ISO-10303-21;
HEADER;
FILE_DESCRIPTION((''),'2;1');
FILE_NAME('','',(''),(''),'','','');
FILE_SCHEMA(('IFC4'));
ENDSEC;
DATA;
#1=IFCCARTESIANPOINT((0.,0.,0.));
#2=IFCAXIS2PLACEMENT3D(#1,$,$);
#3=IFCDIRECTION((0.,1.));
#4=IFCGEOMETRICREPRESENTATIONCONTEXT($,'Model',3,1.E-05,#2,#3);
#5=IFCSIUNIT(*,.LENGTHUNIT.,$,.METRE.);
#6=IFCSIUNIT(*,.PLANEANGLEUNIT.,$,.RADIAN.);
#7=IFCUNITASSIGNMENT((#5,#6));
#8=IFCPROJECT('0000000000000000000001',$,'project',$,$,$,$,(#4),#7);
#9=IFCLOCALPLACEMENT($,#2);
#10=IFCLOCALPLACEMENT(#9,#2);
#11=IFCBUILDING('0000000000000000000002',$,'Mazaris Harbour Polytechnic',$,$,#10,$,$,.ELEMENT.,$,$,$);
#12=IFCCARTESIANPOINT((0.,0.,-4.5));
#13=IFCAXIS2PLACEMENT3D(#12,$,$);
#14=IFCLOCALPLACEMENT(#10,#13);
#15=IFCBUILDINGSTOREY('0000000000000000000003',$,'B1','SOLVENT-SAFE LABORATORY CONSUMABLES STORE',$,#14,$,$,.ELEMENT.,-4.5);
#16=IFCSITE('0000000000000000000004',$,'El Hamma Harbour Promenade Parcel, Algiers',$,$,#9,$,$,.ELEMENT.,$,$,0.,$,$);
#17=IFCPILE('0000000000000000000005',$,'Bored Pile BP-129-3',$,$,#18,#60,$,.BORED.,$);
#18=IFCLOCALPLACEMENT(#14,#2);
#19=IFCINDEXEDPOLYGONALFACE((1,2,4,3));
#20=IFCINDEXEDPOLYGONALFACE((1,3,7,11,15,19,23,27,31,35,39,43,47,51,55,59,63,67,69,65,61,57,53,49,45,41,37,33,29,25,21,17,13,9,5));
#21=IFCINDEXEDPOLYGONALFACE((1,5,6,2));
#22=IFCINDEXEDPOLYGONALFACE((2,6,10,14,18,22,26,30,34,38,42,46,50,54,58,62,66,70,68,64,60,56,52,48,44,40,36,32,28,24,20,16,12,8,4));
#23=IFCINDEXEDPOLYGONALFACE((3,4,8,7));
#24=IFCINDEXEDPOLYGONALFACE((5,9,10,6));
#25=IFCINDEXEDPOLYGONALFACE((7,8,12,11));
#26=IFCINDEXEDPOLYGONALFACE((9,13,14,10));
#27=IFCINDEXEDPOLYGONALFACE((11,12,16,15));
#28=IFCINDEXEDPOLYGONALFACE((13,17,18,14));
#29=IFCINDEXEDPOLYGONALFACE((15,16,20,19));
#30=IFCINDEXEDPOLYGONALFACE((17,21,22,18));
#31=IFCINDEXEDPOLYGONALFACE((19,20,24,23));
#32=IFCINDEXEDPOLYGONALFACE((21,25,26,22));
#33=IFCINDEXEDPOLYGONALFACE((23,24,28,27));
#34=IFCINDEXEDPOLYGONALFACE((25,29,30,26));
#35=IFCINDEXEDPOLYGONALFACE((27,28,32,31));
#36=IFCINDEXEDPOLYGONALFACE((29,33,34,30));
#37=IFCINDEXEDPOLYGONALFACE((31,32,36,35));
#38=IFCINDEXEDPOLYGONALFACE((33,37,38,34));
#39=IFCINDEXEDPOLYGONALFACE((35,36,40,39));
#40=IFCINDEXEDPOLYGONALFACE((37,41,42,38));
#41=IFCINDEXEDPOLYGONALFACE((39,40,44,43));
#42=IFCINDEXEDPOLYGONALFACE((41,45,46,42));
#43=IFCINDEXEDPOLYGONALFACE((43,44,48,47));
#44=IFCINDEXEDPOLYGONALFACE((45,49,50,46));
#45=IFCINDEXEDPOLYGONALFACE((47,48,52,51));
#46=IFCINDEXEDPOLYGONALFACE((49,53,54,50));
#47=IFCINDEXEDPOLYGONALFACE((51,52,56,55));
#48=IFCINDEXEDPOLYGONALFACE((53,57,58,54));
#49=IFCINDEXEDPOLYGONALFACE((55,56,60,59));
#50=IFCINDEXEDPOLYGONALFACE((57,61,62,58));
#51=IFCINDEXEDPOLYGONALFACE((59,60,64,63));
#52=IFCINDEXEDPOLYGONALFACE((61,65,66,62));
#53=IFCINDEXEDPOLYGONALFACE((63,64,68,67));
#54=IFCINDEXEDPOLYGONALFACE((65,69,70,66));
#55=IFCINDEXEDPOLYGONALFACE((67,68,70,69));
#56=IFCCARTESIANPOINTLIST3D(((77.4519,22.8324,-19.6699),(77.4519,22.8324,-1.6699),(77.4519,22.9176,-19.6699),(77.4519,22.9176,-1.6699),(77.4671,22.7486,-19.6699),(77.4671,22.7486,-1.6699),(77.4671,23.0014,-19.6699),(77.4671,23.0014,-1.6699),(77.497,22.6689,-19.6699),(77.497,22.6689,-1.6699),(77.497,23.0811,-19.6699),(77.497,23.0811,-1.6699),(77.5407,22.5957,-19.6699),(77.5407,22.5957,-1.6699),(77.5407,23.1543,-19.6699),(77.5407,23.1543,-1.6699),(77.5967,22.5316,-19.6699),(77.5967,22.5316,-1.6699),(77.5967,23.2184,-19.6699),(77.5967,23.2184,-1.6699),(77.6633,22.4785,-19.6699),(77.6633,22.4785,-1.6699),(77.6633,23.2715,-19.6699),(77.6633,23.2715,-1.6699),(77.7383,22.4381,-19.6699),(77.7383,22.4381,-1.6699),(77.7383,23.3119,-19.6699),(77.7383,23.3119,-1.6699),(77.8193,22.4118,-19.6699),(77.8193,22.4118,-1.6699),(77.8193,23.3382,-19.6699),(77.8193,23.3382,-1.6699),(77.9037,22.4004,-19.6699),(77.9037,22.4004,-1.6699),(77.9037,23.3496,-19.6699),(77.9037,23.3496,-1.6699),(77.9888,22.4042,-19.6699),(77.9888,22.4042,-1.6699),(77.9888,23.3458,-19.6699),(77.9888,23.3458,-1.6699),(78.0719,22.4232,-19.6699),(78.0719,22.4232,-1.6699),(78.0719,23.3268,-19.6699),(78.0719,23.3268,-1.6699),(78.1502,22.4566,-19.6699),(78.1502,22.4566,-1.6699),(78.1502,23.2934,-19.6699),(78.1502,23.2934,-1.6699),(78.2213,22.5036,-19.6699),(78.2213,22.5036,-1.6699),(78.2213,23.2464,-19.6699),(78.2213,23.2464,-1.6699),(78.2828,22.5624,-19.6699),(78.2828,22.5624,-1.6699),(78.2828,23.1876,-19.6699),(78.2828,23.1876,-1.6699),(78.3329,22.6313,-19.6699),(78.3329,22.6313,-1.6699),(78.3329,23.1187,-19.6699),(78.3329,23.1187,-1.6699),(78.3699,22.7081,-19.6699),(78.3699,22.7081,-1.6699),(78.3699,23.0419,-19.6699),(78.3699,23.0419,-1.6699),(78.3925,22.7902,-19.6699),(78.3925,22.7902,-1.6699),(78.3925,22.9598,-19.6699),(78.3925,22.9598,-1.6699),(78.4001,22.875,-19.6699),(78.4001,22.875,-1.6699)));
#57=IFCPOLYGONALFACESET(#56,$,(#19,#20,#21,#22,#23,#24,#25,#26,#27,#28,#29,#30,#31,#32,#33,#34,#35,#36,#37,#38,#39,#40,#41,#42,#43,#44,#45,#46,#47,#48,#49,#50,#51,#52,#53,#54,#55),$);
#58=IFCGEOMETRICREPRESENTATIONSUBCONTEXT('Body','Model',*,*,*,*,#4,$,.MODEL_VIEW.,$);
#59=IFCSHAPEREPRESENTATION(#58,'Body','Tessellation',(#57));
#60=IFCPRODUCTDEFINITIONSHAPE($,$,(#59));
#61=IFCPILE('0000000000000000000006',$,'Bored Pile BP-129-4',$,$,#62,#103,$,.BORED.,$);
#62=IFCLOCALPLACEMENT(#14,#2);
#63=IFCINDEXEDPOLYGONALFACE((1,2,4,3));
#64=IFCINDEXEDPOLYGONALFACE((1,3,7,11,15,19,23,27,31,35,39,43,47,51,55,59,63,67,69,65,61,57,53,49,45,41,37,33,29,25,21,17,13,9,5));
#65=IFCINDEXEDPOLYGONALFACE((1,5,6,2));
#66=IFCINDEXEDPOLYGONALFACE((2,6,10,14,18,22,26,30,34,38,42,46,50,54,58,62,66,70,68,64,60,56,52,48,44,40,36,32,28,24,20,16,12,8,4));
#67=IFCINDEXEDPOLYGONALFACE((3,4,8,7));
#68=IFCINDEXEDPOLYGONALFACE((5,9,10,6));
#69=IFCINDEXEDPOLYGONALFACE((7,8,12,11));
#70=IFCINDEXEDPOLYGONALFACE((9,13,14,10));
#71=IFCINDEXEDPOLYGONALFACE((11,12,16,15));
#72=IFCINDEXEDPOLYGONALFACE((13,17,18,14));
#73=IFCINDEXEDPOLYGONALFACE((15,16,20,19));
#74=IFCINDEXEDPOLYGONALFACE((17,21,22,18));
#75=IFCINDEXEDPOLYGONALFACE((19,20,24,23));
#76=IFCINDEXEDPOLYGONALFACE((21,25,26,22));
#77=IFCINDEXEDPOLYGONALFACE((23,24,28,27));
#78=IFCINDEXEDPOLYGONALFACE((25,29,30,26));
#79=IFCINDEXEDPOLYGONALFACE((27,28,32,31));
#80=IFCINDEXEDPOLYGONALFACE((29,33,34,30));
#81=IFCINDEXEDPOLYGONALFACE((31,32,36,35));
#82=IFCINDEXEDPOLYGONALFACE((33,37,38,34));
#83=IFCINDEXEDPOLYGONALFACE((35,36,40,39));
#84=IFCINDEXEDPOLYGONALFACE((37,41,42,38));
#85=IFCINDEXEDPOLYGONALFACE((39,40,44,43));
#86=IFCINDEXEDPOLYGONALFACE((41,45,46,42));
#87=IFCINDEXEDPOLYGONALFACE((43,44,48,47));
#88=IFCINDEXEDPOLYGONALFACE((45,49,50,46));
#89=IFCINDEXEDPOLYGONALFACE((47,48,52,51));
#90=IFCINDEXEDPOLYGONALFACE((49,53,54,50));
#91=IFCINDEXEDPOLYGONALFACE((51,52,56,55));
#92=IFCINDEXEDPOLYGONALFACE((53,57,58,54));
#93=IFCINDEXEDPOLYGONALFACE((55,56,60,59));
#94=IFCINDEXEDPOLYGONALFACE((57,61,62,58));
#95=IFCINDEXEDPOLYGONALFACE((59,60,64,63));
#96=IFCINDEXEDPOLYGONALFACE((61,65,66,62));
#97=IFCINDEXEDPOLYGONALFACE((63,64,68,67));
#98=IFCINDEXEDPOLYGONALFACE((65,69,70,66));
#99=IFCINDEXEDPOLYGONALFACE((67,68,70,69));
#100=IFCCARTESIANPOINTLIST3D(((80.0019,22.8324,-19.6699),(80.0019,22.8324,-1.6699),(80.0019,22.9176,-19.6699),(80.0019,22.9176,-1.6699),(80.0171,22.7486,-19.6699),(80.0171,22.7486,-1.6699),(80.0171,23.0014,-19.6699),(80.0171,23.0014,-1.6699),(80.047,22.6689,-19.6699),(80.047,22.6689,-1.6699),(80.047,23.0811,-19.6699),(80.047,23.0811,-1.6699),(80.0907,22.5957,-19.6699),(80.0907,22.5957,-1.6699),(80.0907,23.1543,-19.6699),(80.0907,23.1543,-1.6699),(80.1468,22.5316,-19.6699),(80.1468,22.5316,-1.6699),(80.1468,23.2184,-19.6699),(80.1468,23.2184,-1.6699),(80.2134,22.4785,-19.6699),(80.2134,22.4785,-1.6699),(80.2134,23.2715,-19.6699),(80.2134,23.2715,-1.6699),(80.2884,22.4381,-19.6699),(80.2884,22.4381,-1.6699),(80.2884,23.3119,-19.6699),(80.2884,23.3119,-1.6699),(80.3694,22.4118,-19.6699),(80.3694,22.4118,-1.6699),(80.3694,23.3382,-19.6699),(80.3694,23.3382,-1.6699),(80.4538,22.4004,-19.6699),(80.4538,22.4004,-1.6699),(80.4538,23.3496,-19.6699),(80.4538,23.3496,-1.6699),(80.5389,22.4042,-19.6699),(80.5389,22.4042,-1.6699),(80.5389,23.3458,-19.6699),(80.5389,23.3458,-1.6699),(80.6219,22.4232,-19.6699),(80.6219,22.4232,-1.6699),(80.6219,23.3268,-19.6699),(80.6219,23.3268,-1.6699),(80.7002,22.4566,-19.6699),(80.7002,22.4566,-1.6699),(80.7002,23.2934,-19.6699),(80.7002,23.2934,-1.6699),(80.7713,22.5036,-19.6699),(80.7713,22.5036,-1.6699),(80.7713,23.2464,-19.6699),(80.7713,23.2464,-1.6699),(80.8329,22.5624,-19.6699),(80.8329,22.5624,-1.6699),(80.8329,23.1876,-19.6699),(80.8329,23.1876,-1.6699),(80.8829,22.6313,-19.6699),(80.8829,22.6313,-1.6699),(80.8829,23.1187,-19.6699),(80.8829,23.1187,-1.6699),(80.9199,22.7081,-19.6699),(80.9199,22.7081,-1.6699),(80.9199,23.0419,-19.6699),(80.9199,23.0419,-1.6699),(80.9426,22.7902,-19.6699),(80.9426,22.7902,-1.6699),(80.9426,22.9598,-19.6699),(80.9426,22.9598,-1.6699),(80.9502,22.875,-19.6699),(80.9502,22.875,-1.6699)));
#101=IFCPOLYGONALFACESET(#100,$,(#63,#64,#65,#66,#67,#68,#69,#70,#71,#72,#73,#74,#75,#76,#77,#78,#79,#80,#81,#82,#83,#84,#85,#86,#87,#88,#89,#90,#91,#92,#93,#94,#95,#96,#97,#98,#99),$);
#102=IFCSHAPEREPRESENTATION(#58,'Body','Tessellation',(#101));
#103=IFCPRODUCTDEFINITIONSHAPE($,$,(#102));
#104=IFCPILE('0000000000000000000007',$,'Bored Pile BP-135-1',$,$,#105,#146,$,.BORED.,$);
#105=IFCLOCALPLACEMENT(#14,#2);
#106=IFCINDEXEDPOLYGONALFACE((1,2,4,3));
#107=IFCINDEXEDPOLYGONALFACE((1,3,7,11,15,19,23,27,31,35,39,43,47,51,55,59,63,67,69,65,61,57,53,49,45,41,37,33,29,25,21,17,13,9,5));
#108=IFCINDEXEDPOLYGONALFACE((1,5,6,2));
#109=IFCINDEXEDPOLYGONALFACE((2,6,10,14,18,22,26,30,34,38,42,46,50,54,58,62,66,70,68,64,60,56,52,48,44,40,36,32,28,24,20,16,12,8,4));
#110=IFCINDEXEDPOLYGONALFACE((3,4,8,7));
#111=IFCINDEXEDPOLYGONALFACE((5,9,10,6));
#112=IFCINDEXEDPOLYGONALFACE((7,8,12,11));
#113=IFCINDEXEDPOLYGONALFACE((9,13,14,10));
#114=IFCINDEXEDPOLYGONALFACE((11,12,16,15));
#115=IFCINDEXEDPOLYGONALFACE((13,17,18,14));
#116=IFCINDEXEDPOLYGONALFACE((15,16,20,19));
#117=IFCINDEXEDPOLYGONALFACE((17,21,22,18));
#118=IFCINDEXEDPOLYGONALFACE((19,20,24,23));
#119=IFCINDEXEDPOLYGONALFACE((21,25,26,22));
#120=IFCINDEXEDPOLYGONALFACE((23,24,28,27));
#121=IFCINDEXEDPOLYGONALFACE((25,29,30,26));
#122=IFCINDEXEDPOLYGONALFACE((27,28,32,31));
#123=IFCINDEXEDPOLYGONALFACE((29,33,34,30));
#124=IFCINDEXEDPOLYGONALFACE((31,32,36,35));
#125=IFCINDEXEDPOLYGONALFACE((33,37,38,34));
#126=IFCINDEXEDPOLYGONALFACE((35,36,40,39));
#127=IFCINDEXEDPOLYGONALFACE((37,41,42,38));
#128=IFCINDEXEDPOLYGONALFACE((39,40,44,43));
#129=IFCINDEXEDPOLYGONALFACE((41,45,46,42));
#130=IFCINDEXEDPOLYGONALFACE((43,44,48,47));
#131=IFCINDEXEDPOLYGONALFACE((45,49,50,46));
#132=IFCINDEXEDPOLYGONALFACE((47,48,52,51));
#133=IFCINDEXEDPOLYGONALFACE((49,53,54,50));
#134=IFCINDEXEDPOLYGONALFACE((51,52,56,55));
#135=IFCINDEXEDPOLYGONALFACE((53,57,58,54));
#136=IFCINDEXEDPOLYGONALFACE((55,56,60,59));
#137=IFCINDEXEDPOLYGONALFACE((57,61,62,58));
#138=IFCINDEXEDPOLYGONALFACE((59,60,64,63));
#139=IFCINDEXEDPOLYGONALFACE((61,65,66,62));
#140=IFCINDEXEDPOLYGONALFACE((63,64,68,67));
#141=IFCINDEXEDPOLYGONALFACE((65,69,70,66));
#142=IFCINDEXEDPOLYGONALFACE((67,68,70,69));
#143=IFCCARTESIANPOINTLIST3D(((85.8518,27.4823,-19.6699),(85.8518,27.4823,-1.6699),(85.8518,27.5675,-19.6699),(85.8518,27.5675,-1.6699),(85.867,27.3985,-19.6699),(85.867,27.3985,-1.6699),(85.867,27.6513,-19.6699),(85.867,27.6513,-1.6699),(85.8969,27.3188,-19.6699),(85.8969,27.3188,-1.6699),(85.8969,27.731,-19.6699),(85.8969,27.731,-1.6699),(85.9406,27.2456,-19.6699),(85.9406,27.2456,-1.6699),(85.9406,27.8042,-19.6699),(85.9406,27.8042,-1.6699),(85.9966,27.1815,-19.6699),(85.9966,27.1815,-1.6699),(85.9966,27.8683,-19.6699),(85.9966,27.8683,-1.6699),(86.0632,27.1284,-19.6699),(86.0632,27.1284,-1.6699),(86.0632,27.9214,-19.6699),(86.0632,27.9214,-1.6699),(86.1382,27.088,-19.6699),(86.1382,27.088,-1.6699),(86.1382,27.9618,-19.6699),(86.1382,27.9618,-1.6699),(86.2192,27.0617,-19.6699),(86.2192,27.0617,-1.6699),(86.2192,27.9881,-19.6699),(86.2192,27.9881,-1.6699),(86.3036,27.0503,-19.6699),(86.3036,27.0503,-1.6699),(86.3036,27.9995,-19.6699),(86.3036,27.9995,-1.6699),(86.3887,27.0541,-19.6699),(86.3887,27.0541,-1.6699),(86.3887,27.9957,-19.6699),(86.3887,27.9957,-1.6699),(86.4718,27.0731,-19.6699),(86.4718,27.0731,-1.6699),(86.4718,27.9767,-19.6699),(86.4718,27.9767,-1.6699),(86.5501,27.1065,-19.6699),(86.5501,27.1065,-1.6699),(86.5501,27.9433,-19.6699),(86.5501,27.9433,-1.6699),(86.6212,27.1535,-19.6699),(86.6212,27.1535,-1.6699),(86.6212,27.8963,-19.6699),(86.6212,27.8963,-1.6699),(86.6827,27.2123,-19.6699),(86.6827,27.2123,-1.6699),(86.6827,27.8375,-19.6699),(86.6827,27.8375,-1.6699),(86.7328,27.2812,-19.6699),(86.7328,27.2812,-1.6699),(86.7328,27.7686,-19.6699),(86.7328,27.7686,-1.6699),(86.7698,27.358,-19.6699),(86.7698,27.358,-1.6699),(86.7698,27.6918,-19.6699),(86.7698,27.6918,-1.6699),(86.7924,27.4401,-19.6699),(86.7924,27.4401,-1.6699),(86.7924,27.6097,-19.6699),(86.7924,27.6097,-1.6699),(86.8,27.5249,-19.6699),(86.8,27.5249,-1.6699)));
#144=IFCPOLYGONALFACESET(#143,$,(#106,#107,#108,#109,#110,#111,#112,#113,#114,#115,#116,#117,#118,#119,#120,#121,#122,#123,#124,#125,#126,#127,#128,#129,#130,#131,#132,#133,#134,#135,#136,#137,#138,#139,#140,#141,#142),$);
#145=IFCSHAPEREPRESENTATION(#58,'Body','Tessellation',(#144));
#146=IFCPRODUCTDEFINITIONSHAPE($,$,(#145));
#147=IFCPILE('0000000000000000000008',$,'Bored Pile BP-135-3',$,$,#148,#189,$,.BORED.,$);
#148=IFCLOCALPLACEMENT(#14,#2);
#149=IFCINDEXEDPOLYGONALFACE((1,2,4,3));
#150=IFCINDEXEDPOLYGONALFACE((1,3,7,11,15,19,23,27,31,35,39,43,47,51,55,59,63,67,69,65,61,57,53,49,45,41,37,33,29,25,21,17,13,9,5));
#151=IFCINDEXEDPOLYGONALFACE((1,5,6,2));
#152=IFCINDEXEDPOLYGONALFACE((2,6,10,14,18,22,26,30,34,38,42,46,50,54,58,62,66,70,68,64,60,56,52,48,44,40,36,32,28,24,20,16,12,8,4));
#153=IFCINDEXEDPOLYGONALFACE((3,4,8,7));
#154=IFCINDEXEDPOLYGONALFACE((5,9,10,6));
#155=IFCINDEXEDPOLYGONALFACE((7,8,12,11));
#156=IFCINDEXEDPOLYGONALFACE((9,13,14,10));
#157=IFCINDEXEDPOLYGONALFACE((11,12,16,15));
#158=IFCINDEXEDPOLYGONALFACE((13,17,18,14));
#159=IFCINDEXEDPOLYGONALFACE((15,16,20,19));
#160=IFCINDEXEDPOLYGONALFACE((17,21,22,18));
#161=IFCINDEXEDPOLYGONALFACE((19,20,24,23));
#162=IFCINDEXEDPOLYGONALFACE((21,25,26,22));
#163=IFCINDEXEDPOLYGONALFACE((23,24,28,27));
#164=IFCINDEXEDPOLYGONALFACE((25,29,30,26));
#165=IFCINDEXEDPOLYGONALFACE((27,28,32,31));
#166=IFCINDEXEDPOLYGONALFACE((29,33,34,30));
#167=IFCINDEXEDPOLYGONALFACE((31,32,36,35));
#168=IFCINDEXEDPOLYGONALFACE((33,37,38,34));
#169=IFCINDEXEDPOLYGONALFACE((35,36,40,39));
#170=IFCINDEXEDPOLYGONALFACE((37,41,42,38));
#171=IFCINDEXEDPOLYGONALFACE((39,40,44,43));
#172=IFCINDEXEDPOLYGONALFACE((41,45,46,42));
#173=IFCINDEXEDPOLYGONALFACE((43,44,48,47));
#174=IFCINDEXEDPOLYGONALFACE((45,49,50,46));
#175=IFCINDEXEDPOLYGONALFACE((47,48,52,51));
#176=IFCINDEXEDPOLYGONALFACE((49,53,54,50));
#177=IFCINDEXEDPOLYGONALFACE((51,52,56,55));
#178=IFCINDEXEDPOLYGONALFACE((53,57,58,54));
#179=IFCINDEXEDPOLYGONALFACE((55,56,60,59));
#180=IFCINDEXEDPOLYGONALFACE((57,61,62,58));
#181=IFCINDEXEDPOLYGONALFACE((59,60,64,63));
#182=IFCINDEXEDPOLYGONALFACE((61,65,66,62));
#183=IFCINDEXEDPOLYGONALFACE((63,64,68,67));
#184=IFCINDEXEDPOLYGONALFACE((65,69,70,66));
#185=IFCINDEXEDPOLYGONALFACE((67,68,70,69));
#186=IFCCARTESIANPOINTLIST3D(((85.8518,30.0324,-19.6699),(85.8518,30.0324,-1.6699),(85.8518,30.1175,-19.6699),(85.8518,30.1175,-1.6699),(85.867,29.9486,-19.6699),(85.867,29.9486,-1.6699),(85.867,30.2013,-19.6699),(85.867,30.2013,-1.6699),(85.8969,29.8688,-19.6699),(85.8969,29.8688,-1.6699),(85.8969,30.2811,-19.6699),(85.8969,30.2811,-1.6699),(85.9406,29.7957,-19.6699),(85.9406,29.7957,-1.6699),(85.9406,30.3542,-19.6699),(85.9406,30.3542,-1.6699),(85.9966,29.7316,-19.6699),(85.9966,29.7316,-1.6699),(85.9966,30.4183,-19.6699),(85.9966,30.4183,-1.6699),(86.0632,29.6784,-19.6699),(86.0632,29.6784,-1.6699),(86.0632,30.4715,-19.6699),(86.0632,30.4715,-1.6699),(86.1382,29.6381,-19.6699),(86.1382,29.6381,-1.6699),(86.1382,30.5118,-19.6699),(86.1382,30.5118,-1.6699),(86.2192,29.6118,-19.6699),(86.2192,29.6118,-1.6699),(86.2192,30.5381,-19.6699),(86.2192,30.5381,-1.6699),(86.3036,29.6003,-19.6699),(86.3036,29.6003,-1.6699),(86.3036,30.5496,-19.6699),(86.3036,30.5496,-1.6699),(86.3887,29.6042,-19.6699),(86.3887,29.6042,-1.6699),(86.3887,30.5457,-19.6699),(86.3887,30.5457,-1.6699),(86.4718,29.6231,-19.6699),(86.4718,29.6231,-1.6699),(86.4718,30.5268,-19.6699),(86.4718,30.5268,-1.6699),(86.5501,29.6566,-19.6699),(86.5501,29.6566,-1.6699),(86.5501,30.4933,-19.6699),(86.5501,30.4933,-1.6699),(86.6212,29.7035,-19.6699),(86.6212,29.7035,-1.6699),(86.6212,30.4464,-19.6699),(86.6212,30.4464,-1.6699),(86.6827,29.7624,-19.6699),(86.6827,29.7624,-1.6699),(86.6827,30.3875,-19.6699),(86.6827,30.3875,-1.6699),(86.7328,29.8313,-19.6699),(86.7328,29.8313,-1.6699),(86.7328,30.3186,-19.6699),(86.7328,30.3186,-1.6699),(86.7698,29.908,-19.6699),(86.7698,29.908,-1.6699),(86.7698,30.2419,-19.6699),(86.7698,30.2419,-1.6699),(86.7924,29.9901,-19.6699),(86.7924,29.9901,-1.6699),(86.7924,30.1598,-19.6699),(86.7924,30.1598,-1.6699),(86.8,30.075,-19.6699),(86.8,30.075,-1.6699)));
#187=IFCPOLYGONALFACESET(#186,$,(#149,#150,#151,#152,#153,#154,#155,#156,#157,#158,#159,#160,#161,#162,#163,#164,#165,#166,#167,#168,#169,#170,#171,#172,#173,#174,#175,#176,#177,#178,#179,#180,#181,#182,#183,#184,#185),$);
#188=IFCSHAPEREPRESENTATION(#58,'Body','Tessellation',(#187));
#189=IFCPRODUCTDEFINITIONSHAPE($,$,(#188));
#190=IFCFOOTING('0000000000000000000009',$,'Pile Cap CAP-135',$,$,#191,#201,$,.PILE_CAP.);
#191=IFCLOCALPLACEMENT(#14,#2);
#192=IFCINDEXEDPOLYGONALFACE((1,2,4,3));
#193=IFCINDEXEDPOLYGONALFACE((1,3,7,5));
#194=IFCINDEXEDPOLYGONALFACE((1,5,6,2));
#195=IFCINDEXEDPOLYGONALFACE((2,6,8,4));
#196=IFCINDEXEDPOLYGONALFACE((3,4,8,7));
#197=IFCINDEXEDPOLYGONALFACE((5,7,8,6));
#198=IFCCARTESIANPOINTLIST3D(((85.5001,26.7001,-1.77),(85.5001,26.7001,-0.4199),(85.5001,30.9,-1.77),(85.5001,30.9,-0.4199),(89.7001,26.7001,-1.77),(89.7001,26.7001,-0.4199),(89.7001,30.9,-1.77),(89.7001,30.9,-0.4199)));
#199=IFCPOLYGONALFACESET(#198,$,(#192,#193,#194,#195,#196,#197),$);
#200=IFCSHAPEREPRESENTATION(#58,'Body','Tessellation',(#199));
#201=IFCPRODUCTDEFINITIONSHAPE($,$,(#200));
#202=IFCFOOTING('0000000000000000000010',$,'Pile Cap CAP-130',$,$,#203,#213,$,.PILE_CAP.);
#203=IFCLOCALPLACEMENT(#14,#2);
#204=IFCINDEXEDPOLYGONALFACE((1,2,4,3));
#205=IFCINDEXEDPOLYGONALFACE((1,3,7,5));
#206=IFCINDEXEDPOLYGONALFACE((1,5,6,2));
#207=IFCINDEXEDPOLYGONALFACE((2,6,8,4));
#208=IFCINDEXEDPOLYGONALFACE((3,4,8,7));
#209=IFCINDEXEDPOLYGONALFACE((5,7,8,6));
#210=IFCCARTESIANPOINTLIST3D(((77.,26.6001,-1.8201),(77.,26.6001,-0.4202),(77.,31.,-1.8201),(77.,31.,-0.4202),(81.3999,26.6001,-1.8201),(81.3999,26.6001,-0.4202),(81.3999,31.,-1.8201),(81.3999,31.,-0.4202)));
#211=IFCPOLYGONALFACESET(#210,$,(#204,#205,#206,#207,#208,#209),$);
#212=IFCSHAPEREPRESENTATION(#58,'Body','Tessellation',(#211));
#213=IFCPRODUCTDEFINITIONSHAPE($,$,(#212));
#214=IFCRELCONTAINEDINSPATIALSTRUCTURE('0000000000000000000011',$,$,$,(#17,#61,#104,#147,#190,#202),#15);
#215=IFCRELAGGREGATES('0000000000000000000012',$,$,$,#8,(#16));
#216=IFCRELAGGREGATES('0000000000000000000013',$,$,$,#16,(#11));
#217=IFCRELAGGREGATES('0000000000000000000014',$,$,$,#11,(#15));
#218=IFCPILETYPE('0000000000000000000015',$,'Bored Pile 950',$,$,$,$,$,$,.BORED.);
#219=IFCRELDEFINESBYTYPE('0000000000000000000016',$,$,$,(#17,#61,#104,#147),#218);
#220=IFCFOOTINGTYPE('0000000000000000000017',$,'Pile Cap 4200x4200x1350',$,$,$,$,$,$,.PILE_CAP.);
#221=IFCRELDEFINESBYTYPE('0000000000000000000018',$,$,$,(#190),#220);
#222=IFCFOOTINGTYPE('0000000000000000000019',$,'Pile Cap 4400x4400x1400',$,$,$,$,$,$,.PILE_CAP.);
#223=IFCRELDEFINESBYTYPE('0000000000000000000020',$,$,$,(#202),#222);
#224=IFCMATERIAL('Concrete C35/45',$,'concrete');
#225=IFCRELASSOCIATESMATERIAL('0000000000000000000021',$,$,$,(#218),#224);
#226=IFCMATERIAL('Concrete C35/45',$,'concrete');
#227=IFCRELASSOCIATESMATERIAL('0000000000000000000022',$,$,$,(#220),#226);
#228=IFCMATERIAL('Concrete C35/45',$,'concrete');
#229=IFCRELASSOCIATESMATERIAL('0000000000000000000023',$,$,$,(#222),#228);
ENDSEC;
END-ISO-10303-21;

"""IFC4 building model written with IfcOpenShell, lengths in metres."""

from ifc_helpers import new_model, si_unit, direction, frame, origin, origin_2d, place, context, subcontext, project, spatial, rectangle, circle, extrude, material, material_profile, profile_set, type_object, element, save


model = new_model("IFC4")

# Units and contexts
model_context = context("Model", 3, precision=1e-05, world=origin(), true_north=direction((0.0, 1.0)))
body_context = subcontext(model_context, "Body", "Model", "MODEL_VIEW")
ifc_project = project(units=[si_unit("LENGTHUNIT", "METRE"), si_unit("PLANEANGLEUNIT", "RADIAN")], contexts=[model_context])

# Site, building, storey
site_placement = place(None, origin())
site = spatial("IfcSite", under=ifc_project, at=site_placement, Name="El Hamma Harbour Promenade Parcel, Algiers", CompositionType="ELEMENT", RefElevation=0.0)
building_placement = place(site_placement, origin())
building = spatial("IfcBuilding", under=site, at=building_placement, Name="Mazaris Harbour Polytechnic", CompositionType="ELEMENT")
storey_placement = place(building_placement, frame((0.0, 0.0, -4.5)))
storey = spatial("IfcBuildingStorey", under=building, at=storey_placement, Name="B1", Description="SOLVENT-SAFE LABORATORY CONSUMABLES STORE", CompositionType="ELEMENT", Elevation=-4.5)

# Piles
ifc_material_1 = material(Name="Concrete C35/45", Category="concrete")
ifc_material_profile_1 = material_profile(ifc_material_1, circle(Radius=0.4751, at=origin_2d()), Name="DIA950")
ifc_profile_set_1 = profile_set([ifc_material_profile_1], Name="Concrete C35/45")
pile_type_1 = type_object("IfcPileType", Name="Bored Pile 950", PredefinedType="BORED", material=ifc_profile_set_1)
for number, where, z_axis, x_axis, name in (
    (1, (77.925, 22.875, -1.6699), (0.0, 0.0, -1.0), (1.0, 0.0, 0.0), "Bored Pile BP-129-3"),
    (2, (80.4751, 22.875, -1.6699), (0.0, 0.0, -1.0), (1.0, 0.0, 0.0), "Bored Pile BP-129-4"),
    (3, (86.325, 27.5249, -1.6699), (0.0, 0.0, -1.0), (1.0, 0.0, 0.0), "Bored Pile BP-135-1"),
    (4, (86.325, 30.075, -1.6699), (0.0, 0.0, -1.0), (1.0, 0.0, 0.0), "Bored Pile BP-135-3"),
):
    element("IfcPile", number, at=place(storey_placement, frame(where, z_axis=z_axis, x_axis=x_axis)), inside=storey, type_object=pile_type_1, Name=name, PredefinedType="BORED", context=body_context, shape_type="SweptSolid", body=[
        extrude(circle(Radius=0.4751, at=origin_2d()), origin(), (0.0, 0.0, 1.0), 18.0),
    ])

# Footings
ifc_material_2 = material(Name="Concrete C35/45", Category="concrete")
footing_type_1 = type_object("IfcFootingType", Name="Pile Cap 4200x4200x1350", PredefinedType="PILE_CAP", material=ifc_material_2)
footing_1_placement = place(storey_placement, frame((87.6001, 28.8, -1.77), z_axis=(0.0, 0.0, 1.0), x_axis=(1.0, 0.0, 0.0)))
element("IfcFooting", 5, at=footing_1_placement, inside=storey, type_object=footing_type_1, Name="Pile Cap CAP-135", PredefinedType="PILE_CAP", context=body_context, shape_type="SweptSolid", body=[
    extrude(rectangle(XDim=4.2, YDim=4.2, at=origin_2d()), origin(), (0.0, 0.0, 1.0), 1.3501),
])
ifc_material_3 = material(Name="Concrete C35/45", Category="concrete")
footing_type_2 = type_object("IfcFootingType", Name="Pile Cap 4400x4400x1400", PredefinedType="PILE_CAP", material=ifc_material_3)
footing_2_placement = place(storey_placement, frame((79.2, 28.8, -1.8201), z_axis=(0.0, 0.0, 1.0), x_axis=(1.0, 0.0, 0.0)))
element("IfcFooting", 6, at=footing_2_placement, inside=storey, type_object=footing_type_2, Name="Pile Cap CAP-130", PredefinedType="PILE_CAP", context=body_context, shape_type="SweptSolid", body=[
    extrude(rectangle(XDim=4.3999, YDim=4.3999, at=origin_2d()), origin(), (0.0, 0.0, 1.0), 1.3999),
])

save(model, "model.ifc")
